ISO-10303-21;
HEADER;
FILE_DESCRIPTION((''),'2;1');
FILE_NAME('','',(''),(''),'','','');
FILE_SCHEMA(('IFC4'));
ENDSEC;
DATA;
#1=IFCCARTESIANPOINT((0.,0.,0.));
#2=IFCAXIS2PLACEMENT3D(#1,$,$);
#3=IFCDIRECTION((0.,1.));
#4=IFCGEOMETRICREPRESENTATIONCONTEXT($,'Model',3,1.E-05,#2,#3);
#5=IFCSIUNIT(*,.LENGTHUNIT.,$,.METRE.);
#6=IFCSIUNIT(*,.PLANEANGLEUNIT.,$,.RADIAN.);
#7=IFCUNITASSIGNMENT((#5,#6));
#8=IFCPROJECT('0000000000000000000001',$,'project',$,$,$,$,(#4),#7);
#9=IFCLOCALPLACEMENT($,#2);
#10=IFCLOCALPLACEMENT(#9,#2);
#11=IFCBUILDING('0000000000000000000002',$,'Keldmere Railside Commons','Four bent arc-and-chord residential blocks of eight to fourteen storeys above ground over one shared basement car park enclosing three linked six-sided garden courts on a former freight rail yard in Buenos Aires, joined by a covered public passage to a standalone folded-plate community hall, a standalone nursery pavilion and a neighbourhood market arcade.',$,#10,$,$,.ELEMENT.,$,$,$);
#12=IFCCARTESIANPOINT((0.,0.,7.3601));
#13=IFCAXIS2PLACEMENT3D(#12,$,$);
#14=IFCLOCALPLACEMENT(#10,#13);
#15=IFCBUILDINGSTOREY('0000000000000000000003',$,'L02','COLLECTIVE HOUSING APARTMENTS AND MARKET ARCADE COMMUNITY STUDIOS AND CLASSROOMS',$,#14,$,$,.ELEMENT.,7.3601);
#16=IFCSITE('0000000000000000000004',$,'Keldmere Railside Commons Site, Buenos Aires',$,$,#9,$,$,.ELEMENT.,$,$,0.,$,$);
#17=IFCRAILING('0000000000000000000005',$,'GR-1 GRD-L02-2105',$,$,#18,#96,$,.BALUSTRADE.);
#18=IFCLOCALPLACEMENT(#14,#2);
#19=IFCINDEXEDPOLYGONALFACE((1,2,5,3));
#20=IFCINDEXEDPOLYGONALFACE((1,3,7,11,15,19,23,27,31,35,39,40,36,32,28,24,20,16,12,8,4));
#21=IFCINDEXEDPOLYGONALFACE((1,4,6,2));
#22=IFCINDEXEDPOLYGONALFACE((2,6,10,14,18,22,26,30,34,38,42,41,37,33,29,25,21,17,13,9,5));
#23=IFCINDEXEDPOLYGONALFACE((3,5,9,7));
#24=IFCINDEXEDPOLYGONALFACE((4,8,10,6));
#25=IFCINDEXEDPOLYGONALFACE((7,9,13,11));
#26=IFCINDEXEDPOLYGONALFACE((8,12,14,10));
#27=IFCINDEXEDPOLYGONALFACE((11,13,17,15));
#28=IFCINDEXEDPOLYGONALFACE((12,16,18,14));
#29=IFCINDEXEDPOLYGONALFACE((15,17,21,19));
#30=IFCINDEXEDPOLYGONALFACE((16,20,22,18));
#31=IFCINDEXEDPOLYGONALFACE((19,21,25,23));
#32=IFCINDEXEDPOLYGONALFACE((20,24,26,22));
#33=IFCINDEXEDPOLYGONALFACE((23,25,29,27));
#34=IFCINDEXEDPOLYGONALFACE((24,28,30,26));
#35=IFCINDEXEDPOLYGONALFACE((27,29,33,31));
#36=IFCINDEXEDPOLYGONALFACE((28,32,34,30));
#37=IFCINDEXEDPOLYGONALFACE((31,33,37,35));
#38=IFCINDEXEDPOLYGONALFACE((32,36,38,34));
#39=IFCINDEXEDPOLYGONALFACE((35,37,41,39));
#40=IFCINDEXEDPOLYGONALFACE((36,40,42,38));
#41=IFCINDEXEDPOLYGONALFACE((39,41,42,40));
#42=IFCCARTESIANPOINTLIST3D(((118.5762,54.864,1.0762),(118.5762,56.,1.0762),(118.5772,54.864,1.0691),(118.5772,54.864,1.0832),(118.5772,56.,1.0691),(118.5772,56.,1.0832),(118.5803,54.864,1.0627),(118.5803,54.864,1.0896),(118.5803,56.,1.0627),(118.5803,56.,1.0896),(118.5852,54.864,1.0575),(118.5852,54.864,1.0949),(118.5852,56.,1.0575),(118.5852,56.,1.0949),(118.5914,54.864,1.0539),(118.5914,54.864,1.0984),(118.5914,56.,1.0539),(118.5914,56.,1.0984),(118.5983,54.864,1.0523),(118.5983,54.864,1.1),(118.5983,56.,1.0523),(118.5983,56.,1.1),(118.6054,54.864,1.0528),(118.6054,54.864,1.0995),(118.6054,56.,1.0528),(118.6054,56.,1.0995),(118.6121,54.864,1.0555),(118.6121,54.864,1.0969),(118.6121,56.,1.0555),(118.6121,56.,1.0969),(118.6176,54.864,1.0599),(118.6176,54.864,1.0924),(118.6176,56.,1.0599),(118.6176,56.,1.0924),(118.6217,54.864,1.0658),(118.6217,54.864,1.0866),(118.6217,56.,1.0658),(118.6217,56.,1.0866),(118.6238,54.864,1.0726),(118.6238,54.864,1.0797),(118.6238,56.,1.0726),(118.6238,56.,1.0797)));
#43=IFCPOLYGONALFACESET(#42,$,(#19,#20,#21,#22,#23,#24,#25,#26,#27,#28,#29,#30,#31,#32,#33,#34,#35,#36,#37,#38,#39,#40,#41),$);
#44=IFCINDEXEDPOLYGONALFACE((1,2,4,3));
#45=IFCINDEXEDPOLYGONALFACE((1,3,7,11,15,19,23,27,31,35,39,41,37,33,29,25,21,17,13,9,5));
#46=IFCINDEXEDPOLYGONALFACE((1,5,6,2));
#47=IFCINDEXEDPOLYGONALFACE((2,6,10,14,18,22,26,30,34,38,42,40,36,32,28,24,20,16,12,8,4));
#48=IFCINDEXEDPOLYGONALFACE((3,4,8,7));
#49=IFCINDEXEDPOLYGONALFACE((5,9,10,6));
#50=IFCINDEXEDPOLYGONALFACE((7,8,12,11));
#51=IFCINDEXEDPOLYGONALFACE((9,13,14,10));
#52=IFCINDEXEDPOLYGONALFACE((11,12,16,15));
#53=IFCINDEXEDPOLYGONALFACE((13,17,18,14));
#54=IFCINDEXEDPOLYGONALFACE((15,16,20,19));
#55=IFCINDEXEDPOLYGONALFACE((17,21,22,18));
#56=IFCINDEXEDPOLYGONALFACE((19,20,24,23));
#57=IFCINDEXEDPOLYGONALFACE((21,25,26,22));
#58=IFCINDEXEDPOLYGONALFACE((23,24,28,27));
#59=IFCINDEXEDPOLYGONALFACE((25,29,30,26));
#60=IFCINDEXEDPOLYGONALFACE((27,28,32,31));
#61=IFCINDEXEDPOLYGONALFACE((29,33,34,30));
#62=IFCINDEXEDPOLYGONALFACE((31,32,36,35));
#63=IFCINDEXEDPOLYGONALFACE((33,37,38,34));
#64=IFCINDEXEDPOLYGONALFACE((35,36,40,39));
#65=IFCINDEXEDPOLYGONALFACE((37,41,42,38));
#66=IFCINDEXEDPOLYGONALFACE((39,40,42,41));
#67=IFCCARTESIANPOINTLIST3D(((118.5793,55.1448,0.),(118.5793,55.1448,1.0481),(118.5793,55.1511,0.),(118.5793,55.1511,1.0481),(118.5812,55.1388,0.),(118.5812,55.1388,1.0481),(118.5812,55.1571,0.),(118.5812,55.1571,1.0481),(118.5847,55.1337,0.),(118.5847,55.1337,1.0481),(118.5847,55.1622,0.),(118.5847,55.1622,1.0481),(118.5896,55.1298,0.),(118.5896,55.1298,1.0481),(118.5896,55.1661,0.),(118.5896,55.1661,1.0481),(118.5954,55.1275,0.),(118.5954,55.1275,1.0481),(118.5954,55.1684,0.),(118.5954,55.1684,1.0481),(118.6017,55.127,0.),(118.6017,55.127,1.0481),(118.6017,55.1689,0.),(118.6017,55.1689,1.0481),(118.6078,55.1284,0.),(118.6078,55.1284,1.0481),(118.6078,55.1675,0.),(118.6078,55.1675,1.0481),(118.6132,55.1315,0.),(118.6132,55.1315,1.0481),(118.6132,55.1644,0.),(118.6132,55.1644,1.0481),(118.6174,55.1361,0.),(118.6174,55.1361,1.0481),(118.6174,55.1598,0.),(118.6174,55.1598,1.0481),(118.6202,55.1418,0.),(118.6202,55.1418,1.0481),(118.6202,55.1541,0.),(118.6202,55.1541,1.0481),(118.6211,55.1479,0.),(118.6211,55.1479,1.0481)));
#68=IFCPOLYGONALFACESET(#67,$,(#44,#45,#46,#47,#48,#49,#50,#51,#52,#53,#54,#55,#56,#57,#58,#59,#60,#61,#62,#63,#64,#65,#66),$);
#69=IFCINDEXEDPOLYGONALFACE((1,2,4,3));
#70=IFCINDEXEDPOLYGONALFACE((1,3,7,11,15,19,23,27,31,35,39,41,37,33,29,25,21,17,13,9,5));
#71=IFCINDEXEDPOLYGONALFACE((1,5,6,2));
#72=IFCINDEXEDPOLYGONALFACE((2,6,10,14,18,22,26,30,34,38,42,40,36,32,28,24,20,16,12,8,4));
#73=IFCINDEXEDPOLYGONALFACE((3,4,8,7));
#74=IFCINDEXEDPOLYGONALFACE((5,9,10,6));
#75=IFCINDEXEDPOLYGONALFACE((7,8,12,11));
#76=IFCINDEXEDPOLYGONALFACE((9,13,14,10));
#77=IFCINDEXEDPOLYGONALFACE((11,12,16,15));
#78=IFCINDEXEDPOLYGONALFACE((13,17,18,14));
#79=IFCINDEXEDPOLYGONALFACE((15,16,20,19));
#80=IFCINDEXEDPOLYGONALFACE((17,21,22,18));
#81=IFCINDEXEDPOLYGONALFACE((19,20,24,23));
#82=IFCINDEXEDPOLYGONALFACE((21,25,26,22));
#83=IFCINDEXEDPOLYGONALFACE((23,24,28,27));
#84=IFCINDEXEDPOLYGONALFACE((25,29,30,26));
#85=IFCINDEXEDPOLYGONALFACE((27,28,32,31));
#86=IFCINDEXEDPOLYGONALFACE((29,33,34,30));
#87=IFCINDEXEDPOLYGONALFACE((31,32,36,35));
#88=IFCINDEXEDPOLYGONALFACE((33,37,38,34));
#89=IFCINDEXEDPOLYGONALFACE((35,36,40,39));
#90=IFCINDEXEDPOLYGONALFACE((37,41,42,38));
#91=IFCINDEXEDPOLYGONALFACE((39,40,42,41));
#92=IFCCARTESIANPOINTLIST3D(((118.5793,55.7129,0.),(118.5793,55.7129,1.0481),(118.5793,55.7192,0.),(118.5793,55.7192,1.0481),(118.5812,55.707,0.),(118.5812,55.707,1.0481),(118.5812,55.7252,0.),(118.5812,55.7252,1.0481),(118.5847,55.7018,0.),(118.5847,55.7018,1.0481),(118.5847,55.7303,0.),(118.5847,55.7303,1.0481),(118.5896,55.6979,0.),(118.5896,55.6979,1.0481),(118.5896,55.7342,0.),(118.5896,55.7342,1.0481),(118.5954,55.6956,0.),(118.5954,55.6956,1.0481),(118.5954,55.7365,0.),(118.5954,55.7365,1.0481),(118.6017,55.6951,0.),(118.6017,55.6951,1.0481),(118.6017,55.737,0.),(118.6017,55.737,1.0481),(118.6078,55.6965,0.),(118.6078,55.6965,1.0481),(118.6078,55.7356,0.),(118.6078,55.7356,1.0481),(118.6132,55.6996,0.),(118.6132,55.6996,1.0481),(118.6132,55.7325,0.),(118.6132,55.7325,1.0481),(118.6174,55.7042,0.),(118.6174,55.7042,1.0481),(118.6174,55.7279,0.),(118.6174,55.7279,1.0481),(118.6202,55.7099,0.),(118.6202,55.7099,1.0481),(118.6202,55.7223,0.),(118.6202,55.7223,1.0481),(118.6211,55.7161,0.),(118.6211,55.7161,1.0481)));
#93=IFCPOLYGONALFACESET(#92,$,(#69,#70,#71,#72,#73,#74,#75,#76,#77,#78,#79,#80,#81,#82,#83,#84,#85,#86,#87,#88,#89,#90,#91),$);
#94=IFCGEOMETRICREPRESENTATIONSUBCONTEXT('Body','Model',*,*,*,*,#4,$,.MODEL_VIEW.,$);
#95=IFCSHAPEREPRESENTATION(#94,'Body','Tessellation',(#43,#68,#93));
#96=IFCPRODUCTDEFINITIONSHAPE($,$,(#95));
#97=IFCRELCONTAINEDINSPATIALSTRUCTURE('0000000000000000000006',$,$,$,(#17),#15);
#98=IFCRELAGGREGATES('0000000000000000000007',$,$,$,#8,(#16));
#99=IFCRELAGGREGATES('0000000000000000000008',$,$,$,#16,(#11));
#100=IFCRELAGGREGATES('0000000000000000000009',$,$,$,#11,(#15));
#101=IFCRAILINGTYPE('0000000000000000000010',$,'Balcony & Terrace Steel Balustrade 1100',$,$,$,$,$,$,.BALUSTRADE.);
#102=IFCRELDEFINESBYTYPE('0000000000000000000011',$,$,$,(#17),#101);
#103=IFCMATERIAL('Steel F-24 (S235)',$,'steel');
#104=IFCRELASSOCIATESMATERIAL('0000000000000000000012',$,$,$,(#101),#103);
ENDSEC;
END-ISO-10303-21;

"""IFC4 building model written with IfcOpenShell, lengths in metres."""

from ifc_helpers import new_model, si_unit, direction, frame, origin, origin_2d, place, context, subcontext, project, spatial, circle, extrude, material, type_object, element, save


model = new_model("IFC4")

# Units and contexts
model_context = context("Model", 3, precision=1e-05, world=origin(), true_north=direction((0.0, 1.0)))
body_context = subcontext(model_context, "Body", "Model", "MODEL_VIEW")
ifc_project = project(units=[si_unit("LENGTHUNIT", "METRE"), si_unit("PLANEANGLEUNIT", "RADIAN")], contexts=[model_context])

# Site, building, storey
site_placement = place(None, origin())
site = spatial("IfcSite", under=ifc_project, at=site_placement, Name="Keldmere Railside Commons Site, Buenos Aires", CompositionType="ELEMENT", RefElevation=0.0)
building_placement = place(site_placement, origin())
building = spatial("IfcBuilding", under=site, at=building_placement, Name="Keldmere Railside Commons", Description="Four bent arc-and-chord residential blocks of eight to fourteen storeys above ground over one shared basement car park enclosing three linked six-sided garden courts on a former freight rail yard in Buenos Aires, joined by a covered public passage to a standalone folded-plate community hall, a standalone nursery pavilion and a neighbourhood market arcade.", CompositionType="ELEMENT")
storey_placement = place(building_placement, frame((0.0, 0.0, 7.3601)))
storey = spatial("IfcBuildingStorey", under=building, at=storey_placement, Name="L02", Description="COLLECTIVE HOUSING APARTMENTS AND MARKET ARCADE COMMUNITY STUDIOS AND CLASSROOMS", CompositionType="ELEMENT", Elevation=7.3601)

# Railing
ifc_material_1 = material(Name="Steel F-24 (S235)", Category="steel")
railing_type = type_object("IfcRailingType", Name="Balcony & Terrace Steel Balustrade 1100", PredefinedType="BALUSTRADE", material=ifc_material_1)
railing_1_placement = place(storey_placement, frame((118.6001, 54.864, 0.0)))
element("IfcRailing", 1, at=railing_1_placement, inside=storey, type_object=railing_type, Name="GR-1 GRD-L02-2105", PredefinedType="BALUSTRADE", context=body_context, shape_type="SweptSolid", body=[
    extrude(circle(Radius=0.0239, at=origin_2d()), frame((0.0, 0.0, 1.0762), z_axis=(0.0, 1.0, 0.0), x_axis=(-1.0, 0.0, 0.0)), (0.0, 0.0, 1.0), 1.136),
    extrude(circle(Radius=0.021, at=origin_2d()), frame((0.0, 0.2839, 0.0)), (0.0, 0.0, 1.0), 1.0481),
    extrude(circle(Radius=0.021, at=origin_2d()), frame((0.0, 0.8521, 0.0)), (0.0, 0.0, 1.0), 1.0481),
])

save(model, "model.ifc")
